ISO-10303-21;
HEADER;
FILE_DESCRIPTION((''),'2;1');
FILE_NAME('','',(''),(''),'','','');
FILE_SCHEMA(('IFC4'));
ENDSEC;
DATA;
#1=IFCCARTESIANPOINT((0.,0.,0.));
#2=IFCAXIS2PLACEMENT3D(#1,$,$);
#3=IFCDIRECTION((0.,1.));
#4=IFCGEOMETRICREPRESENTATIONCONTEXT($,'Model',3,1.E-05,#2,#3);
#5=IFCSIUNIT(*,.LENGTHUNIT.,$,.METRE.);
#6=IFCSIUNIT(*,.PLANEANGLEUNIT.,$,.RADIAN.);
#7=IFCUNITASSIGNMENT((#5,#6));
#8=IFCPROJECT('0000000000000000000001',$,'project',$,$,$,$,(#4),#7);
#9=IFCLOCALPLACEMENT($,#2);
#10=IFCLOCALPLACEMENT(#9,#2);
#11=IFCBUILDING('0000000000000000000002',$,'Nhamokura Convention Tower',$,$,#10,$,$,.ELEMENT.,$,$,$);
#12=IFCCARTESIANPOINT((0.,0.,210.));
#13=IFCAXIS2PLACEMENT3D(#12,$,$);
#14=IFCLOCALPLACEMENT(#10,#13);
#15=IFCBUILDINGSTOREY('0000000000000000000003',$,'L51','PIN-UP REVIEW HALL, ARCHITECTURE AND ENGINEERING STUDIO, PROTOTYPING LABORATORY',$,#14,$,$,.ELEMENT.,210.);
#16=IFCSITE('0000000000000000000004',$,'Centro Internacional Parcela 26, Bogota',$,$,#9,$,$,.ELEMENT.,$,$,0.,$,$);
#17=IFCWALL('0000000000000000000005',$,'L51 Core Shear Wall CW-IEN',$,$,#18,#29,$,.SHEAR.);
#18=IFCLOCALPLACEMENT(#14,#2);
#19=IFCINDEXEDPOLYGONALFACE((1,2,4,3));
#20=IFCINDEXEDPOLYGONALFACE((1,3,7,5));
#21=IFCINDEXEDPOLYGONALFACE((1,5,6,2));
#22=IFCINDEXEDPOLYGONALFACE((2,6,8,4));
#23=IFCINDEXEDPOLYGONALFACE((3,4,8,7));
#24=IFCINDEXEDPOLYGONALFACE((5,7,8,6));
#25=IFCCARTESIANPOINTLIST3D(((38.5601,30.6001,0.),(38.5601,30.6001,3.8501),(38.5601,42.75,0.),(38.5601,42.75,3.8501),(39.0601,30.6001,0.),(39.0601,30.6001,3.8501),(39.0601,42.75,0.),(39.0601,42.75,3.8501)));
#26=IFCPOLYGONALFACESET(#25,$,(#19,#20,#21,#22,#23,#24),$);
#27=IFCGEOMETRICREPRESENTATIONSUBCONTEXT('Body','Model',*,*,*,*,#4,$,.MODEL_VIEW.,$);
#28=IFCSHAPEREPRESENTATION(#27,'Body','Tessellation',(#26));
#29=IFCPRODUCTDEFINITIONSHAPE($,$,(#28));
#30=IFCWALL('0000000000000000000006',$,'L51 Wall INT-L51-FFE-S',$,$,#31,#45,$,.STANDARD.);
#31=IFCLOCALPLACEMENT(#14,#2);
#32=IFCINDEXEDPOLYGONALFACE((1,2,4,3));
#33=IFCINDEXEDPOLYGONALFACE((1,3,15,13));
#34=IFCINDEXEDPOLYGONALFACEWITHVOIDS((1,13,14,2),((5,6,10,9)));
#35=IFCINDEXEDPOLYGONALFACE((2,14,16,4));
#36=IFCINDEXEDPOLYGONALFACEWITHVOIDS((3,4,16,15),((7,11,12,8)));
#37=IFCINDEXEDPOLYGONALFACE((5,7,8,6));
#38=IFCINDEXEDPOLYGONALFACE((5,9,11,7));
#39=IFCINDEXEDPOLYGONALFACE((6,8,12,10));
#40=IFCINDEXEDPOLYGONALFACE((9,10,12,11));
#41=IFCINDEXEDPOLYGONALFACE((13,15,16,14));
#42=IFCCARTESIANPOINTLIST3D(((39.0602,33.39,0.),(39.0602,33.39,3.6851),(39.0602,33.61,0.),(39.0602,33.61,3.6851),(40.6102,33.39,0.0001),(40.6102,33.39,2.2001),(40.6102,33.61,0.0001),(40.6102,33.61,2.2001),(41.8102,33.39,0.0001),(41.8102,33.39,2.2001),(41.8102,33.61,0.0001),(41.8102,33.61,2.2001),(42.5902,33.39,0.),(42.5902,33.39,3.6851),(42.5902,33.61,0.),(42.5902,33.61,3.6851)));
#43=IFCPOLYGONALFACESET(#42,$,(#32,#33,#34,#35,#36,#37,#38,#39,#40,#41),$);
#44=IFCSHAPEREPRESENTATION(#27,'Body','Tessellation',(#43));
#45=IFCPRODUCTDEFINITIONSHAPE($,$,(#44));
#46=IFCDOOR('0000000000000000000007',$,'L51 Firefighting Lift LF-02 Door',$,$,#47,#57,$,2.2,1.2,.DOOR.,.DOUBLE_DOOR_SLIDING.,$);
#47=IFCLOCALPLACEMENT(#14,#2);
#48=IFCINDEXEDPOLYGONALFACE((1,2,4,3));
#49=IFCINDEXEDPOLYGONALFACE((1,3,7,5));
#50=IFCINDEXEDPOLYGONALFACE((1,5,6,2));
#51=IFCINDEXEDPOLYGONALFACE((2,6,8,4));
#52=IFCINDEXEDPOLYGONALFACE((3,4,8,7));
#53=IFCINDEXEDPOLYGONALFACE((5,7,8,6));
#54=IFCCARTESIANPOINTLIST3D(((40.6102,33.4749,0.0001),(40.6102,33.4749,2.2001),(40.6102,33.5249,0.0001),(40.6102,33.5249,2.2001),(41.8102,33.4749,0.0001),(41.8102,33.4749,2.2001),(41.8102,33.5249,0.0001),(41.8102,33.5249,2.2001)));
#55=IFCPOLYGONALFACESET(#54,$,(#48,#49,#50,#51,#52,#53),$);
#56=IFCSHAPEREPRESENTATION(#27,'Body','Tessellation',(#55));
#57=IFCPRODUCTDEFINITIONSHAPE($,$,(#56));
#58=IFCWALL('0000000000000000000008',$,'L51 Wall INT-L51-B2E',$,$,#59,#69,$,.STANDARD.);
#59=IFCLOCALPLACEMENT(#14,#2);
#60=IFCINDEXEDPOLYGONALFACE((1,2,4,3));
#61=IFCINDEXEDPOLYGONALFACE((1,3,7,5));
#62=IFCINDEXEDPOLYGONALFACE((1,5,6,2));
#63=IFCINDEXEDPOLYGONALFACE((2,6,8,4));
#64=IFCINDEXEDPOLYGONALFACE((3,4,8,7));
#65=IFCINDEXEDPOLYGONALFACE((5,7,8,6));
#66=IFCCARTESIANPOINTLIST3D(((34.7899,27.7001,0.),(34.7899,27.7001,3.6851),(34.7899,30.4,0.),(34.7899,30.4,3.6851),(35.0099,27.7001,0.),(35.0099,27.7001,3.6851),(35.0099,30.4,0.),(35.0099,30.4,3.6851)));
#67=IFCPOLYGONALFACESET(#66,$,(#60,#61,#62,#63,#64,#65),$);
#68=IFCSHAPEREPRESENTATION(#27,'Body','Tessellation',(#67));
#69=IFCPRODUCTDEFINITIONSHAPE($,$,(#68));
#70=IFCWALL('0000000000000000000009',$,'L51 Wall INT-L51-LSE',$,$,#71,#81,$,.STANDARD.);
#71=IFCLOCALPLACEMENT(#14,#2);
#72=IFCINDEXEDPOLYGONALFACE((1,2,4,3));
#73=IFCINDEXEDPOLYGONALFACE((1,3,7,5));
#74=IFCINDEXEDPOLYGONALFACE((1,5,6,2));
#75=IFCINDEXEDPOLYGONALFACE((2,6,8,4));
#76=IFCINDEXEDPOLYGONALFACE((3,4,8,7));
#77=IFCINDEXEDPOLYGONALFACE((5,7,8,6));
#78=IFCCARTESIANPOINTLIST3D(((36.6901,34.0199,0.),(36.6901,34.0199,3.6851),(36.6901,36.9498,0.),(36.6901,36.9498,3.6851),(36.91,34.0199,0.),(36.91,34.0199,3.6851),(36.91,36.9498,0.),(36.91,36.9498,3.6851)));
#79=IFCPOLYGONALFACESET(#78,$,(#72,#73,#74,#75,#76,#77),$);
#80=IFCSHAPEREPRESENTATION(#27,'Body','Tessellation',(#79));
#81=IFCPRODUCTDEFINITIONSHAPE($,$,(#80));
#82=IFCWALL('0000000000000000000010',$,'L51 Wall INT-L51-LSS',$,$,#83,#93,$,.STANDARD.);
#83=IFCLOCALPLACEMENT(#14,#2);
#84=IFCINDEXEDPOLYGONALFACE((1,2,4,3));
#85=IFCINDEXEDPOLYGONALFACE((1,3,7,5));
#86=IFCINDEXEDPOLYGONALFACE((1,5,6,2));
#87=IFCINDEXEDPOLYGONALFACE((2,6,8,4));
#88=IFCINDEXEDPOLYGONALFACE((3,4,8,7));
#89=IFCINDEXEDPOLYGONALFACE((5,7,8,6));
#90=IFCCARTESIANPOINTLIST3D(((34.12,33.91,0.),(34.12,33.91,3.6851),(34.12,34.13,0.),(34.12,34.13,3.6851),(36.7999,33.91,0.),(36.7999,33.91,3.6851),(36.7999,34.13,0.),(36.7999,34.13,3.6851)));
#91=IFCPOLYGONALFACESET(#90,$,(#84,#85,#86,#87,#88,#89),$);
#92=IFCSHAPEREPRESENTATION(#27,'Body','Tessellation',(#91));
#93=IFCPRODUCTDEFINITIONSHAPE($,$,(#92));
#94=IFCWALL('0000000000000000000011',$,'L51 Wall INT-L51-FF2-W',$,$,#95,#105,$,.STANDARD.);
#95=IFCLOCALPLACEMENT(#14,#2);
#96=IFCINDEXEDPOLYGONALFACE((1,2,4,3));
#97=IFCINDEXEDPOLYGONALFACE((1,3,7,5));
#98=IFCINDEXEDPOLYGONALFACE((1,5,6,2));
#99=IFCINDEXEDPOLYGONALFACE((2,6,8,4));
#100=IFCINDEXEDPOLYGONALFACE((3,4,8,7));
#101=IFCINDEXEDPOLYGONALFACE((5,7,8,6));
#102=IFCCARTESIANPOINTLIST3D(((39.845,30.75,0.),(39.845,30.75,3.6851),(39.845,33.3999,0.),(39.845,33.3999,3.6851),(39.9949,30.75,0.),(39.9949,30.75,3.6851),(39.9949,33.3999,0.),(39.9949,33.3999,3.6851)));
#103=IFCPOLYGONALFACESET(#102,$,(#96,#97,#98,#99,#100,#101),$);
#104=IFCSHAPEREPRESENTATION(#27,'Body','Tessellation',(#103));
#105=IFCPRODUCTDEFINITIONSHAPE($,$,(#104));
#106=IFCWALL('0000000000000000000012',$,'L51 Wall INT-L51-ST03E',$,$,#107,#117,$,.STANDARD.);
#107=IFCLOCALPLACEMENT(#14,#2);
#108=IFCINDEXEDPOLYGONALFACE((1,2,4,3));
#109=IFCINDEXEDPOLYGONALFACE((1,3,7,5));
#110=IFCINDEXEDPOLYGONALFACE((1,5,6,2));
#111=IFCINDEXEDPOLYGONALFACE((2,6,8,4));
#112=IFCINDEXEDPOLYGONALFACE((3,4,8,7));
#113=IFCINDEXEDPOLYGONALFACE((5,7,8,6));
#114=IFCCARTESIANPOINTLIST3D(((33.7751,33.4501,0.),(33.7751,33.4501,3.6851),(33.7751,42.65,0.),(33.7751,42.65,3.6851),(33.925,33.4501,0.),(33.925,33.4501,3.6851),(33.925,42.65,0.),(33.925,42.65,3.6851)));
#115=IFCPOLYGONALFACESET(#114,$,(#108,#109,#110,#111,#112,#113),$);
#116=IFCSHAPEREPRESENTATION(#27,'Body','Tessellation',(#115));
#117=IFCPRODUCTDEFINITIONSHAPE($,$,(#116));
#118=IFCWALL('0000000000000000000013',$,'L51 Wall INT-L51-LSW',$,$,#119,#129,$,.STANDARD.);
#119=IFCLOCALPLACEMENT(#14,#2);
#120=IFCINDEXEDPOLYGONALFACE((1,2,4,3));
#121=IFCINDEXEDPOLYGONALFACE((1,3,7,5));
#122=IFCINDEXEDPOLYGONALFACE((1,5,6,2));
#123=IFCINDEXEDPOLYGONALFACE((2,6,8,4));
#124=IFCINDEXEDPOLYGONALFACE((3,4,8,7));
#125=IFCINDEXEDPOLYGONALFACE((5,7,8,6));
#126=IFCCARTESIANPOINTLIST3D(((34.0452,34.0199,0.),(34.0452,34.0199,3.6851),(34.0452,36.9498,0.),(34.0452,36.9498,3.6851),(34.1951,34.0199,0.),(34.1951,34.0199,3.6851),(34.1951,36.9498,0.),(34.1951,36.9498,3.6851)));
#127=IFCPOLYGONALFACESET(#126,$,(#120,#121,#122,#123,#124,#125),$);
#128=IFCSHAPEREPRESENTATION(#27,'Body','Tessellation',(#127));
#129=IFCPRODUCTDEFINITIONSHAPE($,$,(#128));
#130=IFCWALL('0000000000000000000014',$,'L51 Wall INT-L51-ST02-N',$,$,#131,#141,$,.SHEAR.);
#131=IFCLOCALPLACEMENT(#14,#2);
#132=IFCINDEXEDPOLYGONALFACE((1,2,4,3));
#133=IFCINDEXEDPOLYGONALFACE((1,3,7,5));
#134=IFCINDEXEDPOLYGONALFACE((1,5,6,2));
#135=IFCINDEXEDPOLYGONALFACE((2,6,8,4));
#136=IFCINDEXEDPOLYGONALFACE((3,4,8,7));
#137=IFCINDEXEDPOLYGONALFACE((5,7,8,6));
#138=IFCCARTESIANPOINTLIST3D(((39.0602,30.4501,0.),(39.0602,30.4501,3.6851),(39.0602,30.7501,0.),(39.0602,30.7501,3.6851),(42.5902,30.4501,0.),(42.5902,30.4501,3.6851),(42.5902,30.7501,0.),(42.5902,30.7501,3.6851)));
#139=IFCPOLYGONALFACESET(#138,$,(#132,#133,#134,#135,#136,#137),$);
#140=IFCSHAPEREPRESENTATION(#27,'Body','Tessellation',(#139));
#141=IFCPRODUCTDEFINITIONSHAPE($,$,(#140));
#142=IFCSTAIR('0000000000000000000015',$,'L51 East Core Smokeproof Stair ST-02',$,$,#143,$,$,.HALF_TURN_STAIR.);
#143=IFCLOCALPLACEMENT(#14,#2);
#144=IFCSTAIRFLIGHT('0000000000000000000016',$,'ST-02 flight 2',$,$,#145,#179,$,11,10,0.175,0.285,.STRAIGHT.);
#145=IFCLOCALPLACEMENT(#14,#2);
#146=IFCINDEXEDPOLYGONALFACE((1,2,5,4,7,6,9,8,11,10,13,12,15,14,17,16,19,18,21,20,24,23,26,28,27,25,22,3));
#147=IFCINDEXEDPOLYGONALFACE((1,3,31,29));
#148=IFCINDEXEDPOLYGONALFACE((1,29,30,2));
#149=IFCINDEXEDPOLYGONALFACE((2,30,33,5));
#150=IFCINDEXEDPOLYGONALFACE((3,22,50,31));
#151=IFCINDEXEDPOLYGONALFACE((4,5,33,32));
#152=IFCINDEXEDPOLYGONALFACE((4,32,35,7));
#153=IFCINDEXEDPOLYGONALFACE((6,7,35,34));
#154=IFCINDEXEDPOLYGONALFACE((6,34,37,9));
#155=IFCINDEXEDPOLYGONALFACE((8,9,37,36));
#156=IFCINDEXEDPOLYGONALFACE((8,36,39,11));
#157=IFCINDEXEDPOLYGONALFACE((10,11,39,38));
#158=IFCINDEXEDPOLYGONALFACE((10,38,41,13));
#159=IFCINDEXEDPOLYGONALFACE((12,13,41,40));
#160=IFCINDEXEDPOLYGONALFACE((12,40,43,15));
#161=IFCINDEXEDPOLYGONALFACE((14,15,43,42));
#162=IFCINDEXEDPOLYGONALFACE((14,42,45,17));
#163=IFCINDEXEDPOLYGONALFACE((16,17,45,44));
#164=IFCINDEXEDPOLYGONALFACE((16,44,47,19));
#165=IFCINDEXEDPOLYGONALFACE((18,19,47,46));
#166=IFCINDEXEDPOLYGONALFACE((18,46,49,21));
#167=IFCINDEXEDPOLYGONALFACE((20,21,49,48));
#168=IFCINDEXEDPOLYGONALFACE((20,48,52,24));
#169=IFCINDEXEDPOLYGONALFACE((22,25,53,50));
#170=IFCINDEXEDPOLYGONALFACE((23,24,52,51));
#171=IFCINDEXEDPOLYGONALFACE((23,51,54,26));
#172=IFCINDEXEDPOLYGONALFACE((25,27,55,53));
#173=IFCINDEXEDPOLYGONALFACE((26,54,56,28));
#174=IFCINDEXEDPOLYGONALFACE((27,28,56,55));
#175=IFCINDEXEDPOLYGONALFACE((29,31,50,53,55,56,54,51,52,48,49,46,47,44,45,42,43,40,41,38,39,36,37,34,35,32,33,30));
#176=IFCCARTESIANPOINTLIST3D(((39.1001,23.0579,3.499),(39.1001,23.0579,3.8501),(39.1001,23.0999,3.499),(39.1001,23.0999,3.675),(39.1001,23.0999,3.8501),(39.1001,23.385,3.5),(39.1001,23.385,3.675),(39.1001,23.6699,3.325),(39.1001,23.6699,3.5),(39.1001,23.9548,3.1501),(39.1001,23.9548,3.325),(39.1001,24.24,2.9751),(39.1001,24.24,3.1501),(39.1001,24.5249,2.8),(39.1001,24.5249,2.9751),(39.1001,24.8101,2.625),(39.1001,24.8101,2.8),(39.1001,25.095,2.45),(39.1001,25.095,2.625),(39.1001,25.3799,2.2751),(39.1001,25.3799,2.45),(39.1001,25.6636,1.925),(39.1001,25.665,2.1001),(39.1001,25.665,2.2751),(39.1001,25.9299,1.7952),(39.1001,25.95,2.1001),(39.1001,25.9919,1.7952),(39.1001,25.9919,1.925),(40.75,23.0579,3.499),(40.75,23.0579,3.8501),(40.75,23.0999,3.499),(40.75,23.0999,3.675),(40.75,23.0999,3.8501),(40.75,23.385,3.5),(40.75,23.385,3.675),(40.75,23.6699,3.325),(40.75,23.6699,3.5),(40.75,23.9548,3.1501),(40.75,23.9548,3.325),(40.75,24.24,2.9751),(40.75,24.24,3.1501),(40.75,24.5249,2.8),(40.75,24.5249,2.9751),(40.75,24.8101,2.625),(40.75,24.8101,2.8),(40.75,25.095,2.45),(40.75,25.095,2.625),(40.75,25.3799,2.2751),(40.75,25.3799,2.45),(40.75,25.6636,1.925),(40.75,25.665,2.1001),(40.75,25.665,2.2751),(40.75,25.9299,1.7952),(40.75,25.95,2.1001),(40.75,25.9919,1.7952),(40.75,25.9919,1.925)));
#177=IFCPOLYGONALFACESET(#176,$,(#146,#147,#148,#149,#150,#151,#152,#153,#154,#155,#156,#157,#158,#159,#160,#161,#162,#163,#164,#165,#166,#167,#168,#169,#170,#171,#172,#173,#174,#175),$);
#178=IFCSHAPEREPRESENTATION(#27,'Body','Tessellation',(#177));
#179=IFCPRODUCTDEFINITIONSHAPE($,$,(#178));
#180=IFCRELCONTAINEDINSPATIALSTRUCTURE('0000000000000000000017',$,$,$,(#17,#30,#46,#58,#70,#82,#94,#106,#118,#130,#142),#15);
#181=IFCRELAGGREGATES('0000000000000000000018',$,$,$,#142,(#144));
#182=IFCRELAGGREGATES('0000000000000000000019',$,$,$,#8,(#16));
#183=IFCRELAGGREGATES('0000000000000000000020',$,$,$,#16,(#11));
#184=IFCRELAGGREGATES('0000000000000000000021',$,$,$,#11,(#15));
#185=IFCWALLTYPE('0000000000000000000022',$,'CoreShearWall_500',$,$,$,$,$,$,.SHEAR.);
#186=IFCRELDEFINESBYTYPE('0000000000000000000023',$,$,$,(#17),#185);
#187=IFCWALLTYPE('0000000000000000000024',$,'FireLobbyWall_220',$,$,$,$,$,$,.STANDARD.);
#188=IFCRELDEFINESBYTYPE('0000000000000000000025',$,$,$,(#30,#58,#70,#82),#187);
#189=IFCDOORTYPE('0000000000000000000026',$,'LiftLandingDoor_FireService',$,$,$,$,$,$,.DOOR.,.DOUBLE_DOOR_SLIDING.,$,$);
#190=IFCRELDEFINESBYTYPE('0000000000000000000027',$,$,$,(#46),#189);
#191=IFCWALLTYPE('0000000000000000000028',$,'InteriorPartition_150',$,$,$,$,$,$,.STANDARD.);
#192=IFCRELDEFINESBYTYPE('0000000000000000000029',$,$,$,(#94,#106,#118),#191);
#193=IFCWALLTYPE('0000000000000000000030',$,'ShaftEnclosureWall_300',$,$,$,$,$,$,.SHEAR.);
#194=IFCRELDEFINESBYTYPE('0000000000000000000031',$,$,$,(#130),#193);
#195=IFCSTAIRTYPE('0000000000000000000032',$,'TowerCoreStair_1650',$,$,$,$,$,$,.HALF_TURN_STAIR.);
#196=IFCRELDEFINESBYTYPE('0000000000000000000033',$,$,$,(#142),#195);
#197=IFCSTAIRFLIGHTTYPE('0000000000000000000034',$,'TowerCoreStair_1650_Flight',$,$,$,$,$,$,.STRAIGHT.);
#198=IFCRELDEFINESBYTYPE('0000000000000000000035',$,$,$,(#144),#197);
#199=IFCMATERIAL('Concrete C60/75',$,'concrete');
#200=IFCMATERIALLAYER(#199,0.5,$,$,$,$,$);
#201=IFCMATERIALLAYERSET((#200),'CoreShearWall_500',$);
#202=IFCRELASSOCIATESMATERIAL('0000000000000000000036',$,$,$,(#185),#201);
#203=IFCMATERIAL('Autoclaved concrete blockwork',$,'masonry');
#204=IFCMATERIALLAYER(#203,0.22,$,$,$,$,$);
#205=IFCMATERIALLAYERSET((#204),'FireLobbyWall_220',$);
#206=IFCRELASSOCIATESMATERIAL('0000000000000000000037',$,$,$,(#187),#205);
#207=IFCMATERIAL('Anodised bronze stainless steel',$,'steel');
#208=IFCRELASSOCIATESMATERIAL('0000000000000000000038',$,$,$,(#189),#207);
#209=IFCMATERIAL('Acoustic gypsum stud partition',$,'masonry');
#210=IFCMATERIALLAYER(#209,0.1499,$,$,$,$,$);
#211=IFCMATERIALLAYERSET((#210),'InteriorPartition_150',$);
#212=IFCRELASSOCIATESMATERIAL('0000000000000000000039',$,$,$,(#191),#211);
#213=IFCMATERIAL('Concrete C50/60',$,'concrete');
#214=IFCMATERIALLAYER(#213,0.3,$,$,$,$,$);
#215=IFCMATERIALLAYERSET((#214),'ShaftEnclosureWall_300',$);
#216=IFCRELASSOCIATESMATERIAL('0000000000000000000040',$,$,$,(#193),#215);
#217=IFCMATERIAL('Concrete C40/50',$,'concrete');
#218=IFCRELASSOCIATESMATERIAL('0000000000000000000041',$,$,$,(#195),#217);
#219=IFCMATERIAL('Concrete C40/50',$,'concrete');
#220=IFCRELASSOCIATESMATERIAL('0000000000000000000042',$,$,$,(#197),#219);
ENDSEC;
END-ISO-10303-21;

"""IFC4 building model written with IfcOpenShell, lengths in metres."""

from ifc_helpers import new_model, si_unit, direction, frame, frame_2d, origin, place, context, subcontext, project, spatial, polyline, rectangle, outline, extrude, material, layer, layer_set, type_object, element, fill, aggregate, save


model = new_model("IFC4")

# Units and contexts
model_context = context("Model", 3, precision=1e-05, world=origin(), true_north=direction((0.0, 1.0)))
body_context = subcontext(model_context, "Body", "Model", "MODEL_VIEW")
ifc_project = project(units=[si_unit("LENGTHUNIT", "METRE"), si_unit("PLANEANGLEUNIT", "RADIAN")], contexts=[model_context])

# Site, building, storey
site_placement = place(None, origin())
site = spatial("IfcSite", under=ifc_project, at=site_placement, Name="Centro Internacional Parcela 26, Bogota", CompositionType="ELEMENT", RefElevation=0.0)
building_placement = place(site_placement, origin())
building = spatial("IfcBuilding", under=site, at=building_placement, Name="Nhamokura Convention Tower", CompositionType="ELEMENT")
storey_placement = place(building_placement, frame((0.0, 0.0, 210.0)))
storey = spatial("IfcBuildingStorey", under=building, at=storey_placement, Name="L51", Description="PIN-UP REVIEW HALL, ARCHITECTURE AND ENGINEERING STUDIO, PROTOTYPING LABORATORY", CompositionType="ELEMENT", Elevation=210.0)

# Wall
ifc_material_1 = material(Name="Concrete C60/75", Category="concrete")
ifc_layer_1 = layer(ifc_material_1, 0.5)
ifc_layer_set_1 = layer_set([ifc_layer_1], Name="CoreShearWall_500")
wall_type_1 = type_object("IfcWallType", Name="CoreShearWall_500", PredefinedType="SHEAR", material=ifc_layer_set_1)
wall_1_placement = place(storey_placement, frame((38.8101, 30.6001, 0.0), z_axis=(0.0, 0.0, 1.0), x_axis=(0.0, 1.0, 0.0)))
element("IfcWall", 1, at=wall_1_placement, inside=storey, type_object=wall_type_1, Name="L51 Core Shear Wall CW-IEN", PredefinedType="SHEAR", context=body_context, shape_type="SweptSolid", body=[
    extrude(rectangle(XDim=12.1499, YDim=0.5, at=frame_2d((6.075, 0.0))), origin(), (0.0, 0.0, 1.0), 3.8501),
])

# Wall, opening, door
ifc_material_2 = material(Name="Autoclaved concrete blockwork", Category="masonry")
ifc_layer_2 = layer(ifc_material_2, 0.22)
ifc_layer_set_2 = layer_set([ifc_layer_2], Name="FireLobbyWall_220")
wall_type_2 = type_object("IfcWallType", Name="FireLobbyWall_220", PredefinedType="STANDARD", material=ifc_layer_set_2)
wall_2_placement = place(storey_placement, frame((39.0601, 33.5, 0.0), z_axis=(0.0, 0.0, 1.0), x_axis=(1.0, 0.0, 0.0)))
wall_2 = element("IfcWall", 2, at=wall_2_placement, inside=storey, type_object=wall_type_2, Name="L51 Wall INT-L51-FFE-S", PredefinedType="STANDARD", context=body_context, shape_type="SweptSolid", body=[
    extrude(rectangle(XDim=3.53, YDim=0.22, at=frame_2d((1.7651, 0.0))), origin(), (0.0, 0.0, 1.0), 3.6851),
])
opening_placement = place(wall_2_placement, frame((1.55, 0.0, 0.0)))
opening = element("IfcOpeningElement", 3, at=opening_placement, cuts=wall_2, PredefinedType="OPENING", context=body_context, shape_type="SweptSolid", body=[
    extrude(rectangle(XDim=1.2, YDim=2.2, at=frame_2d((0.6001, 1.1001))), frame((0.0, 0.1199, 0.0), z_axis=(0.0, -1.0, 0.0), x_axis=(1.0, 0.0, 0.0)), (0.0, 0.0, 1.0), 0.24),
])
ifc_material_3 = material(Name="Anodised bronze stainless steel", Category="steel")
door_type = type_object("IfcDoorType", Name="LiftLandingDoor_FireService", OperationType="DOUBLE_DOOR_SLIDING", PredefinedType="DOOR", material=ifc_material_3)
door_placement = place(opening_placement, origin())
door = element("IfcDoor", 4, at=door_placement, inside=storey, type_object=door_type, Name="L51 Firefighting Lift LF-02 Door", OperationType="DOUBLE_DOOR_SLIDING", OverallHeight=2.2, OverallWidth=1.2, PredefinedType="DOOR", context=body_context, shape_type="SweptSolid", body=[
    extrude(rectangle(XDim=1.2, YDim=2.2, at=frame_2d((0.6001, 1.1001))), frame((0.0, 0.0249, 0.0), z_axis=(0.0, -1.0, 0.0), x_axis=(1.0, 0.0, 0.0)), (0.0, 0.0, 1.0), 0.05),
])
fill(opening, door)

# Walls
wall_3_placement = place(storey_placement, frame((34.8999, 27.7, 0.0), z_axis=(0.0, 0.0, 1.0), x_axis=(0.0, 1.0, 0.0)))
element("IfcWall", 5, at=wall_3_placement, inside=storey, type_object=wall_type_2, Name="L51 Wall INT-L51-B2E", PredefinedType="STANDARD", context=body_context, shape_type="SweptSolid", body=[
    extrude(rectangle(XDim=2.7, YDim=0.22, at=frame_2d((1.3501, 0.0))), origin(), (0.0, 0.0, 1.0), 3.6851),
])
wall_4_placement = place(storey_placement, frame((36.8, 34.02, 0.0), z_axis=(0.0, 0.0, 1.0), x_axis=(0.0, 1.0, 0.0)))
element("IfcWall", 6, at=wall_4_placement, inside=storey, type_object=wall_type_2, Name="L51 Wall INT-L51-LSE", PredefinedType="STANDARD", context=body_context, shape_type="SweptSolid", body=[
    extrude(rectangle(XDim=2.9299, YDim=0.22, at=frame_2d((1.4648, 0.0))), origin(), (0.0, 0.0, 1.0), 3.6851),
])
wall_5_placement = place(storey_placement, frame((34.1201, 34.02, 0.0), z_axis=(0.0, 0.0, 1.0), x_axis=(1.0, 0.0, 0.0)))
element("IfcWall", 7, at=wall_5_placement, inside=storey, type_object=wall_type_2, Name="L51 Wall INT-L51-LSS", PredefinedType="STANDARD", context=body_context, shape_type="SweptSolid", body=[
    extrude(rectangle(XDim=2.6799, YDim=0.22, at=frame_2d((1.3398, 0.0))), origin(), (0.0, 0.0, 1.0), 3.6851),
])
ifc_material_4 = material(Name="Acoustic gypsum stud partition", Category="masonry")
ifc_layer_3 = layer(ifc_material_4, 0.1499)
ifc_layer_set_3 = layer_set([ifc_layer_3], Name="InteriorPartition_150")
wall_type_3 = type_object("IfcWallType", Name="InteriorPartition_150", PredefinedType="STANDARD", material=ifc_layer_set_3)
wall_6_placement = place(storey_placement, frame((39.9199, 30.75, 0.0), z_axis=(0.0, 0.0, 1.0), x_axis=(0.0, 1.0, 0.0)))
element("IfcWall", 8, at=wall_6_placement, inside=storey, type_object=wall_type_3, Name="L51 Wall INT-L51-FF2-W", PredefinedType="STANDARD", context=body_context, shape_type="SweptSolid", body=[
    extrude(rectangle(XDim=2.6499, YDim=0.1499, at=frame_2d((1.325, 0.0))), origin(), (0.0, 0.0, 1.0), 3.6851),
])
wall_7_placement = place(storey_placement, frame((33.8501, 33.45, 0.0), z_axis=(0.0, 0.0, 1.0), x_axis=(0.0, 1.0, 0.0)))
element("IfcWall", 9, at=wall_7_placement, inside=storey, type_object=wall_type_3, Name="L51 Wall INT-L51-ST03E", PredefinedType="STANDARD", context=body_context, shape_type="SweptSolid", body=[
    extrude(rectangle(XDim=9.2, YDim=0.1499, at=frame_2d((4.6001, 0.0))), origin(), (0.0, 0.0, 1.0), 3.6851),
])
wall_8_placement = place(storey_placement, frame((34.1201, 34.02, 0.0), z_axis=(0.0, 0.0, 1.0), x_axis=(0.0, 1.0, 0.0)))
element("IfcWall", 10, at=wall_8_placement, inside=storey, type_object=wall_type_3, Name="L51 Wall INT-L51-LSW", PredefinedType="STANDARD", context=body_context, shape_type="SweptSolid", body=[
    extrude(rectangle(XDim=2.9299, YDim=0.1499, at=frame_2d((1.4648, 0.0))), origin(), (0.0, 0.0, 1.0), 3.6851),
])
ifc_material_5 = material(Name="Concrete C50/60", Category="concrete")
ifc_layer_4 = layer(ifc_material_5, 0.3)
ifc_layer_set_4 = layer_set([ifc_layer_4], Name="ShaftEnclosureWall_300")
wall_type_4 = type_object("IfcWallType", Name="ShaftEnclosureWall_300", PredefinedType="SHEAR", material=ifc_layer_set_4)
wall_9_placement = place(storey_placement, frame((39.0601, 30.6001, 0.0), z_axis=(0.0, 0.0, 1.0), x_axis=(1.0, 0.0, 0.0)))
element("IfcWall", 11, at=wall_9_placement, inside=storey, type_object=wall_type_4, Name="L51 Wall INT-L51-ST02-N", PredefinedType="SHEAR", context=body_context, shape_type="SweptSolid", body=[
    extrude(rectangle(XDim=3.53, YDim=0.3, at=frame_2d((1.7651, 0.0))), origin(), (0.0, 0.0, 1.0), 3.6851),
])

# Stair, stair flight
ifc_material_6 = material(Name="Concrete C40/50", Category="concrete")
stair_type = type_object("IfcStairType", Name="TowerCoreStair_1650", PredefinedType="HALF_TURN_STAIR", material=ifc_material_6)
stair_placement = place(storey_placement, origin())
stair = element("IfcStair", 12, at=stair_placement, inside=storey, type_object=stair_type, Name="L51 East Core Smokeproof Stair ST-02", PredefinedType="HALF_TURN_STAIR")
ifc_material_7 = material(Name="Concrete C40/50", Category="concrete")
stair_flight_type = type_object("IfcStairFlightType", Name="TowerCoreStair_1650_Flight", PredefinedType="STRAIGHT", material=ifc_material_7)
stair_flight_placement = place(storey_placement, frame((39.925, 25.95, 1.925), z_axis=(0.0, 0.0, 1.0), x_axis=(0.0, -1.0, 0.0)))
stair_flight = element("IfcStairFlight", 13, at=stair_flight_placement, type_object=stair_flight_type, Name="ST-02 flight 2", NumberOfRisers=11, NumberOfTreads=10, PredefinedType="STRAIGHT", RiserHeight=0.175, TreadLength=0.285, context=body_context, shape_type="SweptSolid", body=[
    extrude(outline(polyline([(-0.042, 0.0), (0.0, 0.175), (0.2849, 0.175), (0.2849, 0.3501), (0.5701, 0.3501), (0.5701, 0.5249), (0.855, 0.5249), (0.855, 0.7), (1.1399, 0.7), (1.1399, 0.875), (1.425, 0.875), (1.425, 1.05), (1.71, 1.05), (1.71, 1.2251), (1.9951, 1.2251), (1.9951, 1.3999), (2.28, 1.3999), (2.28, 1.575), (2.5649, 1.575), (2.5649, 1.75), (2.8501, 1.75), (2.8501, 1.925), (2.8921, 1.925), (2.8921, 1.574), (2.8501, 1.574), (0.2864, 0.0), (0.02, -0.1299), (-0.042, -0.1299), (-0.042, 0.0)])), frame((0.0, 0.825, 0.0), z_axis=(0.0, -1.0, 0.0), x_axis=(1.0, 0.0, 0.0)), (0.0, 0.0, 1.0), 1.6499),
])
aggregate(stair, [stair_flight])

save(model, "model.ifc")
